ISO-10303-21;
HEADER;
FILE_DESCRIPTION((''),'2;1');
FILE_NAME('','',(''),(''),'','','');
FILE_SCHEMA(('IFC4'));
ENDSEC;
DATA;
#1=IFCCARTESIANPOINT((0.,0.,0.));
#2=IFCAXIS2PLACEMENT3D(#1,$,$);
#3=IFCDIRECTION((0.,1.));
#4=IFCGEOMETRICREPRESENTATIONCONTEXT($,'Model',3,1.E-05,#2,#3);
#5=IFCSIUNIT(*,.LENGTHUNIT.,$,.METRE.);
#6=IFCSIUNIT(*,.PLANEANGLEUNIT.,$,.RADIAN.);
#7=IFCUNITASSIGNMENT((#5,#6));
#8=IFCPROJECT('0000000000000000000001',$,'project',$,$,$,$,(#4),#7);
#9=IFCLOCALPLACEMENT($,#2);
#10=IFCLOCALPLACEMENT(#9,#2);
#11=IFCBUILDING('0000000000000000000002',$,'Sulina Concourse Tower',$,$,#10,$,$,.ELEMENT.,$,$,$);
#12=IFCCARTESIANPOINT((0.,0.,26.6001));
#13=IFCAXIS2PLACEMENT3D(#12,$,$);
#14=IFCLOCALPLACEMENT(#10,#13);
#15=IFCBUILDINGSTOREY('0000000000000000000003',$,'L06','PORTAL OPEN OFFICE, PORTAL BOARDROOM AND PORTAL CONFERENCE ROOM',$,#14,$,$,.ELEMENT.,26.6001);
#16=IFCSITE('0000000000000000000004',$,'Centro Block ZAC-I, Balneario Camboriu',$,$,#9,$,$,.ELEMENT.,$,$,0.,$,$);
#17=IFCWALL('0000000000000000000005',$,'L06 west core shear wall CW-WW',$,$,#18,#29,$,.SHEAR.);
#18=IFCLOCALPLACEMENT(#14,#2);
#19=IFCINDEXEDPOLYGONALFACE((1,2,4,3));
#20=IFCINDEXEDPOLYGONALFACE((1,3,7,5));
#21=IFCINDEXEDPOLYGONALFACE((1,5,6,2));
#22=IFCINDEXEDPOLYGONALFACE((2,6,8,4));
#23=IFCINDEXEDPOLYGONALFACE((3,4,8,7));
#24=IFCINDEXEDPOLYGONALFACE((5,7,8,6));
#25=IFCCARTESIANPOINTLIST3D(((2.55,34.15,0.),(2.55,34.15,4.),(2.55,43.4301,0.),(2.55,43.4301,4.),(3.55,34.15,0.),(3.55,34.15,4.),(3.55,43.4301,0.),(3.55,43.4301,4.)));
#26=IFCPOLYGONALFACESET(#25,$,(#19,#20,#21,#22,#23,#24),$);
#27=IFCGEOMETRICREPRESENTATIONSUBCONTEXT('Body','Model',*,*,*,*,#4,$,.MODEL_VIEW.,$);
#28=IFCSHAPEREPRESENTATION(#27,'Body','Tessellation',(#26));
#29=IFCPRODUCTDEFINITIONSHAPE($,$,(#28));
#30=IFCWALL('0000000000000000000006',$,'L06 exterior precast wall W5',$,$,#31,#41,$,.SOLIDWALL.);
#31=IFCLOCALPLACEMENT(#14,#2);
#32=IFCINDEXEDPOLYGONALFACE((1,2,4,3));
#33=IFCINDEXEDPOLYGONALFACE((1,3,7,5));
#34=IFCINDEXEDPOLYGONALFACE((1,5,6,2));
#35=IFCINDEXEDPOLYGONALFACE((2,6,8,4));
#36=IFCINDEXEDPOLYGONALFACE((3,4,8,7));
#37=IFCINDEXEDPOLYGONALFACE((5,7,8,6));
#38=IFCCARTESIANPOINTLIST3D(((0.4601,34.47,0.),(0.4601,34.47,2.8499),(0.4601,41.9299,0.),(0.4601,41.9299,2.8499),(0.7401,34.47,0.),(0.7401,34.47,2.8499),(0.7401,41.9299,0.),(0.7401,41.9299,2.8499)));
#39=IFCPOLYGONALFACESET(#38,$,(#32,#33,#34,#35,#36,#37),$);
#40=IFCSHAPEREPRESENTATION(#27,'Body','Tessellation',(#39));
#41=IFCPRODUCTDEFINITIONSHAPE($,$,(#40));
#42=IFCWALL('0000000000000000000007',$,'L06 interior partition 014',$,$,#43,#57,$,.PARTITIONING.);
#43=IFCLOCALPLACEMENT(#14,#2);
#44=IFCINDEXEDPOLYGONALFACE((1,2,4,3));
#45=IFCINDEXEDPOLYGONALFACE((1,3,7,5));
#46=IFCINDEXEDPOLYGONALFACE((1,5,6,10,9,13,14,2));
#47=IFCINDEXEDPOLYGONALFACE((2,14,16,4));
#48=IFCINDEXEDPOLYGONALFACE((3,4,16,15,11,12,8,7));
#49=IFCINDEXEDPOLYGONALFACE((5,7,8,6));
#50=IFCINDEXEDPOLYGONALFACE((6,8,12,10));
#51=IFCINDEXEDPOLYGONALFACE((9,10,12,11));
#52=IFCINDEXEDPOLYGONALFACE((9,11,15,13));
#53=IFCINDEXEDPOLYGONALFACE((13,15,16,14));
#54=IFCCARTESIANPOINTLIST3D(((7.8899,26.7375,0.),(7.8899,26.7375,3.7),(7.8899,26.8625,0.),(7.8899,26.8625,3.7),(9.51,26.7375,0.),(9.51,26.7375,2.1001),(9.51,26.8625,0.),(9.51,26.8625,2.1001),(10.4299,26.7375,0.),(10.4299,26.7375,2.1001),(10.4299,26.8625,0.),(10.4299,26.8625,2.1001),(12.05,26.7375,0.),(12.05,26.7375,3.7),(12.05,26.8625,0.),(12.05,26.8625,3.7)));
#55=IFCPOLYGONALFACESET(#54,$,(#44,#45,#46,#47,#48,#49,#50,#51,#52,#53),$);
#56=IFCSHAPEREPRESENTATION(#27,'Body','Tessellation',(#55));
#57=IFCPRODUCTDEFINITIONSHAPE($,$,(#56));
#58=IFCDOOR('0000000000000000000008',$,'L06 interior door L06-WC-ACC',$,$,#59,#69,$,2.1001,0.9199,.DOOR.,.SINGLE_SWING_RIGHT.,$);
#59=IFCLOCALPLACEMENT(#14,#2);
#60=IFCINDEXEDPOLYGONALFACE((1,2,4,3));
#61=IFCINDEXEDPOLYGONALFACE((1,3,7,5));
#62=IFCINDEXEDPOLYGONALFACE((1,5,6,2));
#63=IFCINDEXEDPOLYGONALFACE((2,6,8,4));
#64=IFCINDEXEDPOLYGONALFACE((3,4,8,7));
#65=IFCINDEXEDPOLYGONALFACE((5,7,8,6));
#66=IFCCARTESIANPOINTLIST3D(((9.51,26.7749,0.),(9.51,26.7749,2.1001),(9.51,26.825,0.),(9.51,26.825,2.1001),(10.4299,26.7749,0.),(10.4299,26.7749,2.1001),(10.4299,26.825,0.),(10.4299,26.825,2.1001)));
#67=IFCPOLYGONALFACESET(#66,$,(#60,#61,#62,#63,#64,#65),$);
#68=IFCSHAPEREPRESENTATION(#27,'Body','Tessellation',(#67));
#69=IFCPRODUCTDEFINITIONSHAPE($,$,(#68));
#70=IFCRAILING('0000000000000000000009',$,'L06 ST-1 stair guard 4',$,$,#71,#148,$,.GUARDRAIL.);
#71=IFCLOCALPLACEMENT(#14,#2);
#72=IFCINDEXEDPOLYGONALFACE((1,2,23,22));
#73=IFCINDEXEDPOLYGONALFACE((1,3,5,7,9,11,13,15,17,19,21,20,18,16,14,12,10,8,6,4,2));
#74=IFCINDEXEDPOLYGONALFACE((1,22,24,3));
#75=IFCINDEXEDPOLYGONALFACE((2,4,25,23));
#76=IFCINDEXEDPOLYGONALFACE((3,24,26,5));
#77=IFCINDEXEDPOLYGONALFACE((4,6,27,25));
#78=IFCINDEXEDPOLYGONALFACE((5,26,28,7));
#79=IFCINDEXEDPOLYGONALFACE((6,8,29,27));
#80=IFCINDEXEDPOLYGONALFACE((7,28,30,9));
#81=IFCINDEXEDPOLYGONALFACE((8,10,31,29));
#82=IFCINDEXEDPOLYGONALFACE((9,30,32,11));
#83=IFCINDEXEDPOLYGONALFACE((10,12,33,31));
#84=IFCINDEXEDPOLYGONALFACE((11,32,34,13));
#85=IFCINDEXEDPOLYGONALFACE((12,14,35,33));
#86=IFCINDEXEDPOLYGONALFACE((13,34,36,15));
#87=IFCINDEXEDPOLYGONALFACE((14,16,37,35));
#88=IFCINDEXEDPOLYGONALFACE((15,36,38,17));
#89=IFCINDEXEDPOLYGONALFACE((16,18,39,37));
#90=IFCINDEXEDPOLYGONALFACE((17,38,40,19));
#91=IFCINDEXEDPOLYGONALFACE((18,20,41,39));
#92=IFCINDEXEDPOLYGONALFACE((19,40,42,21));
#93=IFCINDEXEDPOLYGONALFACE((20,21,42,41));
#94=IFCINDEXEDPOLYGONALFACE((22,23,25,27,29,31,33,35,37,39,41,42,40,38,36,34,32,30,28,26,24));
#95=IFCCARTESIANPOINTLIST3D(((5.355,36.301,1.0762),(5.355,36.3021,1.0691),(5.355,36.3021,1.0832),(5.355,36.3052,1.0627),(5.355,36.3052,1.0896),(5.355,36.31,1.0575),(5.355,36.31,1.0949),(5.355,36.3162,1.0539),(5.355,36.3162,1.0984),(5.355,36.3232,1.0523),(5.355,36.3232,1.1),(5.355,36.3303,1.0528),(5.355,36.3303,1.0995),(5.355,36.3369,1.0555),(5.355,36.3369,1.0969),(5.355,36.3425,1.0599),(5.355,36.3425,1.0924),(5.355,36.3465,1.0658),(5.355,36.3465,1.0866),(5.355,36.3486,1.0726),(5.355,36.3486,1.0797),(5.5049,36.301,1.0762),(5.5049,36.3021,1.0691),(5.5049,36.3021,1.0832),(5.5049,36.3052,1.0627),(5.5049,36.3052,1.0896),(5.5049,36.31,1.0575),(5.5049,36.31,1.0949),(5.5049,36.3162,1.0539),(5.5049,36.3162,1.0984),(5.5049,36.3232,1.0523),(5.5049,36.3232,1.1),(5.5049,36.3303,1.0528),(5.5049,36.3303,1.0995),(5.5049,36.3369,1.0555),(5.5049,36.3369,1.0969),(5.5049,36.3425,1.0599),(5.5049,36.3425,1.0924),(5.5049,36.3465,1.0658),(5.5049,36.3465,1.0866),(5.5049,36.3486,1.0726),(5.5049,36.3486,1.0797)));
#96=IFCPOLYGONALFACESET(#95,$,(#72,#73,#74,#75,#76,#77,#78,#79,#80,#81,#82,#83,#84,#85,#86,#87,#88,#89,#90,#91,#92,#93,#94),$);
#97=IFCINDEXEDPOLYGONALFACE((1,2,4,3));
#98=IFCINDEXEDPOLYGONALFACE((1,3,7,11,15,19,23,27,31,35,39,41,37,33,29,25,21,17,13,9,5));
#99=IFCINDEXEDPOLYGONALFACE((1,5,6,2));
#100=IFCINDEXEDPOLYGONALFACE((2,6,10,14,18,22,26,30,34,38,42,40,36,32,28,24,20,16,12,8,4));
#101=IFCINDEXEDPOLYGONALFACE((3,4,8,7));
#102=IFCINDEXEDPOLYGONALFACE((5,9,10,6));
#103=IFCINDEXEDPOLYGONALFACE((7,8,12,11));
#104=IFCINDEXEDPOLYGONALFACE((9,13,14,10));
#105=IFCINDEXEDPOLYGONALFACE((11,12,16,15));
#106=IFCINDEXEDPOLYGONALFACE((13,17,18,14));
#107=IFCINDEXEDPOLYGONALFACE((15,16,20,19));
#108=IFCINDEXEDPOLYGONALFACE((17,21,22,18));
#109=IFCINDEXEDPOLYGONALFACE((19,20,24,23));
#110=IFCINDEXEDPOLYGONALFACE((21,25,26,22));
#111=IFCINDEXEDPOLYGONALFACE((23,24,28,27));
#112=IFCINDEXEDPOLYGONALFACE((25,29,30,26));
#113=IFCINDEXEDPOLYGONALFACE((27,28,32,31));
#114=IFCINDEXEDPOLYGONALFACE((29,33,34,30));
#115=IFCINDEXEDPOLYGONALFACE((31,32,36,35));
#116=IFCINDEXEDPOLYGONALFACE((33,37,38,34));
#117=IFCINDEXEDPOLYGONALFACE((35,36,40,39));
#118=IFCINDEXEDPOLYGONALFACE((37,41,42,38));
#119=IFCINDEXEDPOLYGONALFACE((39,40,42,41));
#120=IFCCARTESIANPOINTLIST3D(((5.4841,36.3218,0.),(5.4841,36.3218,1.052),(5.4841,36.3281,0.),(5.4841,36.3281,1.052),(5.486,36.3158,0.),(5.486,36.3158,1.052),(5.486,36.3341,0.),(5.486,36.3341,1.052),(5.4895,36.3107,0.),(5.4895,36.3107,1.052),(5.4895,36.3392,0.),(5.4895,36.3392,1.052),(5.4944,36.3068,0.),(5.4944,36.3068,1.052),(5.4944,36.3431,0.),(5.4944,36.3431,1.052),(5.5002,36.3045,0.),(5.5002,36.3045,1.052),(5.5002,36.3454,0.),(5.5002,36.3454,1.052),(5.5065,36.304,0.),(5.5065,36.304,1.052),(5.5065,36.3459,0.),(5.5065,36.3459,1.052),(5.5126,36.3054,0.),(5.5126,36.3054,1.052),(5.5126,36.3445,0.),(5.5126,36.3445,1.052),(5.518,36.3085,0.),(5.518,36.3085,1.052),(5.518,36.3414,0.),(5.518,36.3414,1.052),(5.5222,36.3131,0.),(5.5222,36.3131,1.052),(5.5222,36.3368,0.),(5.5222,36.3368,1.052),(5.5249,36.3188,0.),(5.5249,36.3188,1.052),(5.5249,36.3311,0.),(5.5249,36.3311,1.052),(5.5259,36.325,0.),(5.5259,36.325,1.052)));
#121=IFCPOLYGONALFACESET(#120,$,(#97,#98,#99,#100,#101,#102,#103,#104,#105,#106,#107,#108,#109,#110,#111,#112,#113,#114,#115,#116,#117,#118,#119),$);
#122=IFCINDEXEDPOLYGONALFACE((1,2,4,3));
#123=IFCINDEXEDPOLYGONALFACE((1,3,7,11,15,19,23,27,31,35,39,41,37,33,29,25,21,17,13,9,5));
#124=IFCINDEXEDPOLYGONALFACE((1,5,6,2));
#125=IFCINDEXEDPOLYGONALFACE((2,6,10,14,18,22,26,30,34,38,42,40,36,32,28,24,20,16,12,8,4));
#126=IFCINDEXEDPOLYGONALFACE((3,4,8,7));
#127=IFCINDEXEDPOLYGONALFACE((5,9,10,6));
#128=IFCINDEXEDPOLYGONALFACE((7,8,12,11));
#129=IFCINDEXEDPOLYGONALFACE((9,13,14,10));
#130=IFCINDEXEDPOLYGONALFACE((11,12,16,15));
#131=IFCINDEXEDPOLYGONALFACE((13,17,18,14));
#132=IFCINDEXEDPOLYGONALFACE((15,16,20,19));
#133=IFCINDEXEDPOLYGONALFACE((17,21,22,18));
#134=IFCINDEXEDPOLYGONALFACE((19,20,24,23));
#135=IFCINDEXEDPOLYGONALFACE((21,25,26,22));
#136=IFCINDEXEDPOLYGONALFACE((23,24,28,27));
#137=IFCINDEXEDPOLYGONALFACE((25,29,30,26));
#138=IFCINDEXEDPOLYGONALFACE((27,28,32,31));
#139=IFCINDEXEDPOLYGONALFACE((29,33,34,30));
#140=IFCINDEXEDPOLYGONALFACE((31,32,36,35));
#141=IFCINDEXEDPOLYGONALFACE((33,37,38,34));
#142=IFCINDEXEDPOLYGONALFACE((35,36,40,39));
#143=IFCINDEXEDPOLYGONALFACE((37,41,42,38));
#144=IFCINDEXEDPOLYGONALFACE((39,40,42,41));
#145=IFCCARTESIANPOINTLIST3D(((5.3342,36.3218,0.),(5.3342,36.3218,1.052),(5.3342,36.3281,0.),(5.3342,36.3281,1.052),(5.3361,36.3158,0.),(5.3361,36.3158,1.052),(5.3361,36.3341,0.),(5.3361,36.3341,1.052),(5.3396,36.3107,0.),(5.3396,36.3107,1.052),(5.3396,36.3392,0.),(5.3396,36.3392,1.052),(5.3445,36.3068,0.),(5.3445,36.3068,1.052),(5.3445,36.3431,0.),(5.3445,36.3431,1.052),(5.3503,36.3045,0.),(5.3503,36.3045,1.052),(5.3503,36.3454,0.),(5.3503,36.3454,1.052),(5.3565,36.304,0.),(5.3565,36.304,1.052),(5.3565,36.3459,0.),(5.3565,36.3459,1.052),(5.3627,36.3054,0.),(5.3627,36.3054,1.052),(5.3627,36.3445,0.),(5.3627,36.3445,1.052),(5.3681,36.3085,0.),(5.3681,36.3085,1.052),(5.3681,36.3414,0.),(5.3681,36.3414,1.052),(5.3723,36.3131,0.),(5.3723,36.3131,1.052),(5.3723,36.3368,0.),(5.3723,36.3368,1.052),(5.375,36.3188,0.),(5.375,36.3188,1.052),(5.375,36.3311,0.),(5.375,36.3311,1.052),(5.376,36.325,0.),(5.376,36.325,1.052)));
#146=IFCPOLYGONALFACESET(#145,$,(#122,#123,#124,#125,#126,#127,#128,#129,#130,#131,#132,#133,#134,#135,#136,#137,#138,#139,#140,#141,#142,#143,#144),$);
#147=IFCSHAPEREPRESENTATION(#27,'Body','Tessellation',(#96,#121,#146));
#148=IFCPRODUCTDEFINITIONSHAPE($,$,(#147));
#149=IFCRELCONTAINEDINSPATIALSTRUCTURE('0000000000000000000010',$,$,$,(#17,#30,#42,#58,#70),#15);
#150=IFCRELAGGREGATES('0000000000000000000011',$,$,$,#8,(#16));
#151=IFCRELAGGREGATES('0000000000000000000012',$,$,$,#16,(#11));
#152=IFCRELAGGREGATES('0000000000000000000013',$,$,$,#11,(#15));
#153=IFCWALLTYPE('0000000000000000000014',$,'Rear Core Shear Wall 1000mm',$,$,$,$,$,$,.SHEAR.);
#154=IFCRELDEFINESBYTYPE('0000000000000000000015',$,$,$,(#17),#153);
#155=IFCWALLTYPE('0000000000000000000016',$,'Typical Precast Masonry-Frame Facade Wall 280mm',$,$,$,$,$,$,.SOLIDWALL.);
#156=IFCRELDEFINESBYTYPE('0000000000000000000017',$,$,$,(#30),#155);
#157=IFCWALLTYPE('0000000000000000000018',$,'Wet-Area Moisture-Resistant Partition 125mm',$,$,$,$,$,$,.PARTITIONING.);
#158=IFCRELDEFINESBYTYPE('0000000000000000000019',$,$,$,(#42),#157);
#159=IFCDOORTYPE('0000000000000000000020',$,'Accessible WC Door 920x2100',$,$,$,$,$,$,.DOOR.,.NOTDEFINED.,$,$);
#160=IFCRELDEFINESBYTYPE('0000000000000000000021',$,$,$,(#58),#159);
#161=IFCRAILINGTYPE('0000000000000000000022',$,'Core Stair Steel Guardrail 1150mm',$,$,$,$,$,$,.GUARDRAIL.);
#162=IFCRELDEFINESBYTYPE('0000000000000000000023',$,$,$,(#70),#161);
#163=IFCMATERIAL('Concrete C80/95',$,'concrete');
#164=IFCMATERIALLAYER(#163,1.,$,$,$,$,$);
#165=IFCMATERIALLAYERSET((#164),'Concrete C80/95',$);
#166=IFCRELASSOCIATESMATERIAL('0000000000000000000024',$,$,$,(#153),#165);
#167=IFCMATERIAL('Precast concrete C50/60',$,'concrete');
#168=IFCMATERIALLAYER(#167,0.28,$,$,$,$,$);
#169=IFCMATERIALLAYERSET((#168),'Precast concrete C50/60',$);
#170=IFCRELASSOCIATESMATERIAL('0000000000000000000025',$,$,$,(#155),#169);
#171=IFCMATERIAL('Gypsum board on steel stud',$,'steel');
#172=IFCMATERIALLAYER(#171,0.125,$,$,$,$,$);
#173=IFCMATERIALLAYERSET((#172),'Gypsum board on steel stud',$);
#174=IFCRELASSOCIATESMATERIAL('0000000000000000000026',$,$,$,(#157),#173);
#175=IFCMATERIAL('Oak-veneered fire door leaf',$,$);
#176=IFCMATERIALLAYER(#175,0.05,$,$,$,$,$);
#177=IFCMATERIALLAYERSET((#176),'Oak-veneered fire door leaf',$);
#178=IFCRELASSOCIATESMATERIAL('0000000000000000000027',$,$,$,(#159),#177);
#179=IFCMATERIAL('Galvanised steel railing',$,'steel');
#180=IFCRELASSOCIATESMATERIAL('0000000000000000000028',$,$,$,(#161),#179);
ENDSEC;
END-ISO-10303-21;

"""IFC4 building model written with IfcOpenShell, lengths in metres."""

from ifc_helpers import new_model, si_unit, direction, frame, frame_2d, origin, origin_2d, place, context, subcontext, project, spatial, rectangle, circle, extrude, material, layer, layer_set, type_object, element, fill, save


model = new_model("IFC4")

# Units and contexts
model_context = context("Model", 3, precision=1e-05, world=origin(), true_north=direction((0.0, 1.0)))
body_context = subcontext(model_context, "Body", "Model", "MODEL_VIEW")
ifc_project = project(units=[si_unit("LENGTHUNIT", "METRE"), si_unit("PLANEANGLEUNIT", "RADIAN")], contexts=[model_context])

# Site, building, storey
site_placement = place(None, origin())
site = spatial("IfcSite", under=ifc_project, at=site_placement, Name="Centro Block ZAC-I, Balneario Camboriu", CompositionType="ELEMENT", RefElevation=0.0)
building_placement = place(site_placement, origin())
building = spatial("IfcBuilding", under=site, at=building_placement, Name="Sulina Concourse Tower", CompositionType="ELEMENT")
storey_placement = place(building_placement, frame((0.0, 0.0, 26.6001)))
storey = spatial("IfcBuildingStorey", under=building, at=storey_placement, Name="L06", Description="PORTAL OPEN OFFICE, PORTAL BOARDROOM AND PORTAL CONFERENCE ROOM", CompositionType="ELEMENT", Elevation=26.6001)

# Walls
ifc_material_1 = material(Name="Concrete C80/95", Category="concrete")
ifc_layer_1 = layer(ifc_material_1, 1.0)
ifc_layer_set_1 = layer_set([ifc_layer_1], Name="Concrete C80/95")
wall_type_1 = type_object("IfcWallType", Name="Rear Core Shear Wall 1000mm", PredefinedType="SHEAR", material=ifc_layer_set_1)
wall_1_placement = place(storey_placement, frame((3.05, 34.1499, 0.0), z_axis=(0.0, 0.0, 1.0), x_axis=(0.0, 1.0, 0.0)))
element("IfcWall", 1, at=wall_1_placement, inside=storey, type_object=wall_type_1, Name="L06 west core shear wall CW-WW", PredefinedType="SHEAR", context=body_context, shape_type="SweptSolid", body=[
    extrude(rectangle(XDim=9.28, YDim=1.0, at=frame_2d((4.6401, 0.0))), origin(), (0.0, 0.0, 1.0), 4.0),
])
ifc_material_2 = material(Name="Precast concrete C50/60", Category="concrete")
ifc_layer_2 = layer(ifc_material_2, 0.28)
ifc_layer_set_2 = layer_set([ifc_layer_2], Name="Precast concrete C50/60")
wall_type_2 = type_object("IfcWallType", Name="Typical Precast Masonry-Frame Facade Wall 280mm", PredefinedType="SOLIDWALL", material=ifc_layer_set_2)
wall_2_placement = place(storey_placement, frame((0.6001, 34.47, 0.0), z_axis=(0.0, 0.0, 1.0), x_axis=(0.0, 1.0, 0.0)))
element("IfcWall", 2, at=wall_2_placement, inside=storey, type_object=wall_type_2, Name="L06 exterior precast wall W5", PredefinedType="SOLIDWALL", context=body_context, shape_type="SweptSolid", body=[
    extrude(rectangle(XDim=7.46, YDim=0.28, at=frame_2d((3.73, 0.0))), origin(), (0.0, 0.0, 1.0), 2.8499),
])

# Wall, opening, door
ifc_material_3 = material(Name="Gypsum board on steel stud", Category="steel")
ifc_layer_3 = layer(ifc_material_3, 0.125)
ifc_layer_set_3 = layer_set([ifc_layer_3], Name="Gypsum board on steel stud")
wall_type_3 = type_object("IfcWallType", Name="Wet-Area Moisture-Resistant Partition 125mm", PredefinedType="PARTITIONING", material=ifc_layer_set_3)
wall_3_placement = place(storey_placement, frame((7.8899, 26.8, 0.0), z_axis=(0.0, 0.0, 1.0), x_axis=(1.0, 0.0, 0.0)))
wall_3 = element("IfcWall", 3, at=wall_3_placement, inside=storey, type_object=wall_type_3, Name="L06 interior partition 014", PredefinedType="PARTITIONING", context=body_context, shape_type="SweptSolid", body=[
    extrude(rectangle(XDim=4.1602, YDim=0.125, at=frame_2d((2.0801, 0.0))), origin(), (0.0, 0.0, 1.0), 3.7),
])
opening_1_placement = place(wall_3_placement, frame((1.6201, 0.0, 0.0)))
opening_1 = element("IfcOpeningElement", 4, at=opening_1_placement, cuts=wall_3, PredefinedType="OPENING", context=body_context, shape_type="SweptSolid", body=[
    extrude(rectangle(XDim=0.9199, YDim=2.1001, at=frame_2d((0.46, 1.05))), frame((0.0, 0.0725, 0.0), z_axis=(0.0, -1.0, 0.0), x_axis=(1.0, 0.0, 0.0)), (0.0, 0.0, 1.0), 0.145),
])
ifc_material_4 = material(Name="Oak-veneered fire door leaf")
ifc_layer_4 = layer(ifc_material_4, 0.05)
ifc_layer_set_4 = layer_set([ifc_layer_4], Name="Oak-veneered fire door leaf")
door_type_1 = type_object("IfcDoorType", Name="Accessible WC Door 920x2100", OperationType="NOTDEFINED", PredefinedType="DOOR", material=ifc_layer_set_4)
door_1_placement = place(opening_1_placement, origin())
door_1 = element("IfcDoor", 5, at=door_1_placement, inside=storey, type_object=door_type_1, Name="L06 interior door L06-WC-ACC", OperationType="SINGLE_SWING_RIGHT", OverallHeight=2.1001, OverallWidth=0.9199, PredefinedType="DOOR", context=body_context, shape_type="SweptSolid", body=[
    extrude(rectangle(XDim=0.9199, YDim=2.1001, at=frame_2d((0.46, 1.05))), frame((0.0, 0.0249, 0.0), z_axis=(0.0, -1.0, 0.0), x_axis=(1.0, 0.0, 0.0)), (0.0, 0.0, 1.0), 0.05),
])
fill(opening_1, door_1)

# Railing
ifc_material_5 = material(Name="Galvanised steel railing", Category="steel")
railing_type = type_object("IfcRailingType", Name="Core Stair Steel Guardrail 1150mm", PredefinedType="GUARDRAIL", material=ifc_material_5)
for number, where, name in (
    (6, (5.5049, 36.325, 0.0), "L06 ST-1 stair guard 4"),
):
    element("IfcRailing", number, at=place(storey_placement, frame(where)), inside=storey, type_object=railing_type, Name=name, PredefinedType="GUARDRAIL", context=body_context, shape_type="SweptSolid", body=[
        extrude(circle(Radius=0.0239, at=origin_2d()), frame((0.0, 0.0, 1.0762), z_axis=(-1.0, 0.0, 0.0), x_axis=(0.0, -1.0, 0.0)), (0.0, 0.0, 1.0), 0.1499),
        extrude(circle(Radius=0.021, at=origin_2d()), origin(), (0.0, 0.0, 1.0), 1.052),
        extrude(circle(Radius=0.021, at=origin_2d()), frame((-0.1499, 0.0, 0.0)), (0.0, 0.0, 1.0), 1.052),
    ])

save(model, "model.ifc")
